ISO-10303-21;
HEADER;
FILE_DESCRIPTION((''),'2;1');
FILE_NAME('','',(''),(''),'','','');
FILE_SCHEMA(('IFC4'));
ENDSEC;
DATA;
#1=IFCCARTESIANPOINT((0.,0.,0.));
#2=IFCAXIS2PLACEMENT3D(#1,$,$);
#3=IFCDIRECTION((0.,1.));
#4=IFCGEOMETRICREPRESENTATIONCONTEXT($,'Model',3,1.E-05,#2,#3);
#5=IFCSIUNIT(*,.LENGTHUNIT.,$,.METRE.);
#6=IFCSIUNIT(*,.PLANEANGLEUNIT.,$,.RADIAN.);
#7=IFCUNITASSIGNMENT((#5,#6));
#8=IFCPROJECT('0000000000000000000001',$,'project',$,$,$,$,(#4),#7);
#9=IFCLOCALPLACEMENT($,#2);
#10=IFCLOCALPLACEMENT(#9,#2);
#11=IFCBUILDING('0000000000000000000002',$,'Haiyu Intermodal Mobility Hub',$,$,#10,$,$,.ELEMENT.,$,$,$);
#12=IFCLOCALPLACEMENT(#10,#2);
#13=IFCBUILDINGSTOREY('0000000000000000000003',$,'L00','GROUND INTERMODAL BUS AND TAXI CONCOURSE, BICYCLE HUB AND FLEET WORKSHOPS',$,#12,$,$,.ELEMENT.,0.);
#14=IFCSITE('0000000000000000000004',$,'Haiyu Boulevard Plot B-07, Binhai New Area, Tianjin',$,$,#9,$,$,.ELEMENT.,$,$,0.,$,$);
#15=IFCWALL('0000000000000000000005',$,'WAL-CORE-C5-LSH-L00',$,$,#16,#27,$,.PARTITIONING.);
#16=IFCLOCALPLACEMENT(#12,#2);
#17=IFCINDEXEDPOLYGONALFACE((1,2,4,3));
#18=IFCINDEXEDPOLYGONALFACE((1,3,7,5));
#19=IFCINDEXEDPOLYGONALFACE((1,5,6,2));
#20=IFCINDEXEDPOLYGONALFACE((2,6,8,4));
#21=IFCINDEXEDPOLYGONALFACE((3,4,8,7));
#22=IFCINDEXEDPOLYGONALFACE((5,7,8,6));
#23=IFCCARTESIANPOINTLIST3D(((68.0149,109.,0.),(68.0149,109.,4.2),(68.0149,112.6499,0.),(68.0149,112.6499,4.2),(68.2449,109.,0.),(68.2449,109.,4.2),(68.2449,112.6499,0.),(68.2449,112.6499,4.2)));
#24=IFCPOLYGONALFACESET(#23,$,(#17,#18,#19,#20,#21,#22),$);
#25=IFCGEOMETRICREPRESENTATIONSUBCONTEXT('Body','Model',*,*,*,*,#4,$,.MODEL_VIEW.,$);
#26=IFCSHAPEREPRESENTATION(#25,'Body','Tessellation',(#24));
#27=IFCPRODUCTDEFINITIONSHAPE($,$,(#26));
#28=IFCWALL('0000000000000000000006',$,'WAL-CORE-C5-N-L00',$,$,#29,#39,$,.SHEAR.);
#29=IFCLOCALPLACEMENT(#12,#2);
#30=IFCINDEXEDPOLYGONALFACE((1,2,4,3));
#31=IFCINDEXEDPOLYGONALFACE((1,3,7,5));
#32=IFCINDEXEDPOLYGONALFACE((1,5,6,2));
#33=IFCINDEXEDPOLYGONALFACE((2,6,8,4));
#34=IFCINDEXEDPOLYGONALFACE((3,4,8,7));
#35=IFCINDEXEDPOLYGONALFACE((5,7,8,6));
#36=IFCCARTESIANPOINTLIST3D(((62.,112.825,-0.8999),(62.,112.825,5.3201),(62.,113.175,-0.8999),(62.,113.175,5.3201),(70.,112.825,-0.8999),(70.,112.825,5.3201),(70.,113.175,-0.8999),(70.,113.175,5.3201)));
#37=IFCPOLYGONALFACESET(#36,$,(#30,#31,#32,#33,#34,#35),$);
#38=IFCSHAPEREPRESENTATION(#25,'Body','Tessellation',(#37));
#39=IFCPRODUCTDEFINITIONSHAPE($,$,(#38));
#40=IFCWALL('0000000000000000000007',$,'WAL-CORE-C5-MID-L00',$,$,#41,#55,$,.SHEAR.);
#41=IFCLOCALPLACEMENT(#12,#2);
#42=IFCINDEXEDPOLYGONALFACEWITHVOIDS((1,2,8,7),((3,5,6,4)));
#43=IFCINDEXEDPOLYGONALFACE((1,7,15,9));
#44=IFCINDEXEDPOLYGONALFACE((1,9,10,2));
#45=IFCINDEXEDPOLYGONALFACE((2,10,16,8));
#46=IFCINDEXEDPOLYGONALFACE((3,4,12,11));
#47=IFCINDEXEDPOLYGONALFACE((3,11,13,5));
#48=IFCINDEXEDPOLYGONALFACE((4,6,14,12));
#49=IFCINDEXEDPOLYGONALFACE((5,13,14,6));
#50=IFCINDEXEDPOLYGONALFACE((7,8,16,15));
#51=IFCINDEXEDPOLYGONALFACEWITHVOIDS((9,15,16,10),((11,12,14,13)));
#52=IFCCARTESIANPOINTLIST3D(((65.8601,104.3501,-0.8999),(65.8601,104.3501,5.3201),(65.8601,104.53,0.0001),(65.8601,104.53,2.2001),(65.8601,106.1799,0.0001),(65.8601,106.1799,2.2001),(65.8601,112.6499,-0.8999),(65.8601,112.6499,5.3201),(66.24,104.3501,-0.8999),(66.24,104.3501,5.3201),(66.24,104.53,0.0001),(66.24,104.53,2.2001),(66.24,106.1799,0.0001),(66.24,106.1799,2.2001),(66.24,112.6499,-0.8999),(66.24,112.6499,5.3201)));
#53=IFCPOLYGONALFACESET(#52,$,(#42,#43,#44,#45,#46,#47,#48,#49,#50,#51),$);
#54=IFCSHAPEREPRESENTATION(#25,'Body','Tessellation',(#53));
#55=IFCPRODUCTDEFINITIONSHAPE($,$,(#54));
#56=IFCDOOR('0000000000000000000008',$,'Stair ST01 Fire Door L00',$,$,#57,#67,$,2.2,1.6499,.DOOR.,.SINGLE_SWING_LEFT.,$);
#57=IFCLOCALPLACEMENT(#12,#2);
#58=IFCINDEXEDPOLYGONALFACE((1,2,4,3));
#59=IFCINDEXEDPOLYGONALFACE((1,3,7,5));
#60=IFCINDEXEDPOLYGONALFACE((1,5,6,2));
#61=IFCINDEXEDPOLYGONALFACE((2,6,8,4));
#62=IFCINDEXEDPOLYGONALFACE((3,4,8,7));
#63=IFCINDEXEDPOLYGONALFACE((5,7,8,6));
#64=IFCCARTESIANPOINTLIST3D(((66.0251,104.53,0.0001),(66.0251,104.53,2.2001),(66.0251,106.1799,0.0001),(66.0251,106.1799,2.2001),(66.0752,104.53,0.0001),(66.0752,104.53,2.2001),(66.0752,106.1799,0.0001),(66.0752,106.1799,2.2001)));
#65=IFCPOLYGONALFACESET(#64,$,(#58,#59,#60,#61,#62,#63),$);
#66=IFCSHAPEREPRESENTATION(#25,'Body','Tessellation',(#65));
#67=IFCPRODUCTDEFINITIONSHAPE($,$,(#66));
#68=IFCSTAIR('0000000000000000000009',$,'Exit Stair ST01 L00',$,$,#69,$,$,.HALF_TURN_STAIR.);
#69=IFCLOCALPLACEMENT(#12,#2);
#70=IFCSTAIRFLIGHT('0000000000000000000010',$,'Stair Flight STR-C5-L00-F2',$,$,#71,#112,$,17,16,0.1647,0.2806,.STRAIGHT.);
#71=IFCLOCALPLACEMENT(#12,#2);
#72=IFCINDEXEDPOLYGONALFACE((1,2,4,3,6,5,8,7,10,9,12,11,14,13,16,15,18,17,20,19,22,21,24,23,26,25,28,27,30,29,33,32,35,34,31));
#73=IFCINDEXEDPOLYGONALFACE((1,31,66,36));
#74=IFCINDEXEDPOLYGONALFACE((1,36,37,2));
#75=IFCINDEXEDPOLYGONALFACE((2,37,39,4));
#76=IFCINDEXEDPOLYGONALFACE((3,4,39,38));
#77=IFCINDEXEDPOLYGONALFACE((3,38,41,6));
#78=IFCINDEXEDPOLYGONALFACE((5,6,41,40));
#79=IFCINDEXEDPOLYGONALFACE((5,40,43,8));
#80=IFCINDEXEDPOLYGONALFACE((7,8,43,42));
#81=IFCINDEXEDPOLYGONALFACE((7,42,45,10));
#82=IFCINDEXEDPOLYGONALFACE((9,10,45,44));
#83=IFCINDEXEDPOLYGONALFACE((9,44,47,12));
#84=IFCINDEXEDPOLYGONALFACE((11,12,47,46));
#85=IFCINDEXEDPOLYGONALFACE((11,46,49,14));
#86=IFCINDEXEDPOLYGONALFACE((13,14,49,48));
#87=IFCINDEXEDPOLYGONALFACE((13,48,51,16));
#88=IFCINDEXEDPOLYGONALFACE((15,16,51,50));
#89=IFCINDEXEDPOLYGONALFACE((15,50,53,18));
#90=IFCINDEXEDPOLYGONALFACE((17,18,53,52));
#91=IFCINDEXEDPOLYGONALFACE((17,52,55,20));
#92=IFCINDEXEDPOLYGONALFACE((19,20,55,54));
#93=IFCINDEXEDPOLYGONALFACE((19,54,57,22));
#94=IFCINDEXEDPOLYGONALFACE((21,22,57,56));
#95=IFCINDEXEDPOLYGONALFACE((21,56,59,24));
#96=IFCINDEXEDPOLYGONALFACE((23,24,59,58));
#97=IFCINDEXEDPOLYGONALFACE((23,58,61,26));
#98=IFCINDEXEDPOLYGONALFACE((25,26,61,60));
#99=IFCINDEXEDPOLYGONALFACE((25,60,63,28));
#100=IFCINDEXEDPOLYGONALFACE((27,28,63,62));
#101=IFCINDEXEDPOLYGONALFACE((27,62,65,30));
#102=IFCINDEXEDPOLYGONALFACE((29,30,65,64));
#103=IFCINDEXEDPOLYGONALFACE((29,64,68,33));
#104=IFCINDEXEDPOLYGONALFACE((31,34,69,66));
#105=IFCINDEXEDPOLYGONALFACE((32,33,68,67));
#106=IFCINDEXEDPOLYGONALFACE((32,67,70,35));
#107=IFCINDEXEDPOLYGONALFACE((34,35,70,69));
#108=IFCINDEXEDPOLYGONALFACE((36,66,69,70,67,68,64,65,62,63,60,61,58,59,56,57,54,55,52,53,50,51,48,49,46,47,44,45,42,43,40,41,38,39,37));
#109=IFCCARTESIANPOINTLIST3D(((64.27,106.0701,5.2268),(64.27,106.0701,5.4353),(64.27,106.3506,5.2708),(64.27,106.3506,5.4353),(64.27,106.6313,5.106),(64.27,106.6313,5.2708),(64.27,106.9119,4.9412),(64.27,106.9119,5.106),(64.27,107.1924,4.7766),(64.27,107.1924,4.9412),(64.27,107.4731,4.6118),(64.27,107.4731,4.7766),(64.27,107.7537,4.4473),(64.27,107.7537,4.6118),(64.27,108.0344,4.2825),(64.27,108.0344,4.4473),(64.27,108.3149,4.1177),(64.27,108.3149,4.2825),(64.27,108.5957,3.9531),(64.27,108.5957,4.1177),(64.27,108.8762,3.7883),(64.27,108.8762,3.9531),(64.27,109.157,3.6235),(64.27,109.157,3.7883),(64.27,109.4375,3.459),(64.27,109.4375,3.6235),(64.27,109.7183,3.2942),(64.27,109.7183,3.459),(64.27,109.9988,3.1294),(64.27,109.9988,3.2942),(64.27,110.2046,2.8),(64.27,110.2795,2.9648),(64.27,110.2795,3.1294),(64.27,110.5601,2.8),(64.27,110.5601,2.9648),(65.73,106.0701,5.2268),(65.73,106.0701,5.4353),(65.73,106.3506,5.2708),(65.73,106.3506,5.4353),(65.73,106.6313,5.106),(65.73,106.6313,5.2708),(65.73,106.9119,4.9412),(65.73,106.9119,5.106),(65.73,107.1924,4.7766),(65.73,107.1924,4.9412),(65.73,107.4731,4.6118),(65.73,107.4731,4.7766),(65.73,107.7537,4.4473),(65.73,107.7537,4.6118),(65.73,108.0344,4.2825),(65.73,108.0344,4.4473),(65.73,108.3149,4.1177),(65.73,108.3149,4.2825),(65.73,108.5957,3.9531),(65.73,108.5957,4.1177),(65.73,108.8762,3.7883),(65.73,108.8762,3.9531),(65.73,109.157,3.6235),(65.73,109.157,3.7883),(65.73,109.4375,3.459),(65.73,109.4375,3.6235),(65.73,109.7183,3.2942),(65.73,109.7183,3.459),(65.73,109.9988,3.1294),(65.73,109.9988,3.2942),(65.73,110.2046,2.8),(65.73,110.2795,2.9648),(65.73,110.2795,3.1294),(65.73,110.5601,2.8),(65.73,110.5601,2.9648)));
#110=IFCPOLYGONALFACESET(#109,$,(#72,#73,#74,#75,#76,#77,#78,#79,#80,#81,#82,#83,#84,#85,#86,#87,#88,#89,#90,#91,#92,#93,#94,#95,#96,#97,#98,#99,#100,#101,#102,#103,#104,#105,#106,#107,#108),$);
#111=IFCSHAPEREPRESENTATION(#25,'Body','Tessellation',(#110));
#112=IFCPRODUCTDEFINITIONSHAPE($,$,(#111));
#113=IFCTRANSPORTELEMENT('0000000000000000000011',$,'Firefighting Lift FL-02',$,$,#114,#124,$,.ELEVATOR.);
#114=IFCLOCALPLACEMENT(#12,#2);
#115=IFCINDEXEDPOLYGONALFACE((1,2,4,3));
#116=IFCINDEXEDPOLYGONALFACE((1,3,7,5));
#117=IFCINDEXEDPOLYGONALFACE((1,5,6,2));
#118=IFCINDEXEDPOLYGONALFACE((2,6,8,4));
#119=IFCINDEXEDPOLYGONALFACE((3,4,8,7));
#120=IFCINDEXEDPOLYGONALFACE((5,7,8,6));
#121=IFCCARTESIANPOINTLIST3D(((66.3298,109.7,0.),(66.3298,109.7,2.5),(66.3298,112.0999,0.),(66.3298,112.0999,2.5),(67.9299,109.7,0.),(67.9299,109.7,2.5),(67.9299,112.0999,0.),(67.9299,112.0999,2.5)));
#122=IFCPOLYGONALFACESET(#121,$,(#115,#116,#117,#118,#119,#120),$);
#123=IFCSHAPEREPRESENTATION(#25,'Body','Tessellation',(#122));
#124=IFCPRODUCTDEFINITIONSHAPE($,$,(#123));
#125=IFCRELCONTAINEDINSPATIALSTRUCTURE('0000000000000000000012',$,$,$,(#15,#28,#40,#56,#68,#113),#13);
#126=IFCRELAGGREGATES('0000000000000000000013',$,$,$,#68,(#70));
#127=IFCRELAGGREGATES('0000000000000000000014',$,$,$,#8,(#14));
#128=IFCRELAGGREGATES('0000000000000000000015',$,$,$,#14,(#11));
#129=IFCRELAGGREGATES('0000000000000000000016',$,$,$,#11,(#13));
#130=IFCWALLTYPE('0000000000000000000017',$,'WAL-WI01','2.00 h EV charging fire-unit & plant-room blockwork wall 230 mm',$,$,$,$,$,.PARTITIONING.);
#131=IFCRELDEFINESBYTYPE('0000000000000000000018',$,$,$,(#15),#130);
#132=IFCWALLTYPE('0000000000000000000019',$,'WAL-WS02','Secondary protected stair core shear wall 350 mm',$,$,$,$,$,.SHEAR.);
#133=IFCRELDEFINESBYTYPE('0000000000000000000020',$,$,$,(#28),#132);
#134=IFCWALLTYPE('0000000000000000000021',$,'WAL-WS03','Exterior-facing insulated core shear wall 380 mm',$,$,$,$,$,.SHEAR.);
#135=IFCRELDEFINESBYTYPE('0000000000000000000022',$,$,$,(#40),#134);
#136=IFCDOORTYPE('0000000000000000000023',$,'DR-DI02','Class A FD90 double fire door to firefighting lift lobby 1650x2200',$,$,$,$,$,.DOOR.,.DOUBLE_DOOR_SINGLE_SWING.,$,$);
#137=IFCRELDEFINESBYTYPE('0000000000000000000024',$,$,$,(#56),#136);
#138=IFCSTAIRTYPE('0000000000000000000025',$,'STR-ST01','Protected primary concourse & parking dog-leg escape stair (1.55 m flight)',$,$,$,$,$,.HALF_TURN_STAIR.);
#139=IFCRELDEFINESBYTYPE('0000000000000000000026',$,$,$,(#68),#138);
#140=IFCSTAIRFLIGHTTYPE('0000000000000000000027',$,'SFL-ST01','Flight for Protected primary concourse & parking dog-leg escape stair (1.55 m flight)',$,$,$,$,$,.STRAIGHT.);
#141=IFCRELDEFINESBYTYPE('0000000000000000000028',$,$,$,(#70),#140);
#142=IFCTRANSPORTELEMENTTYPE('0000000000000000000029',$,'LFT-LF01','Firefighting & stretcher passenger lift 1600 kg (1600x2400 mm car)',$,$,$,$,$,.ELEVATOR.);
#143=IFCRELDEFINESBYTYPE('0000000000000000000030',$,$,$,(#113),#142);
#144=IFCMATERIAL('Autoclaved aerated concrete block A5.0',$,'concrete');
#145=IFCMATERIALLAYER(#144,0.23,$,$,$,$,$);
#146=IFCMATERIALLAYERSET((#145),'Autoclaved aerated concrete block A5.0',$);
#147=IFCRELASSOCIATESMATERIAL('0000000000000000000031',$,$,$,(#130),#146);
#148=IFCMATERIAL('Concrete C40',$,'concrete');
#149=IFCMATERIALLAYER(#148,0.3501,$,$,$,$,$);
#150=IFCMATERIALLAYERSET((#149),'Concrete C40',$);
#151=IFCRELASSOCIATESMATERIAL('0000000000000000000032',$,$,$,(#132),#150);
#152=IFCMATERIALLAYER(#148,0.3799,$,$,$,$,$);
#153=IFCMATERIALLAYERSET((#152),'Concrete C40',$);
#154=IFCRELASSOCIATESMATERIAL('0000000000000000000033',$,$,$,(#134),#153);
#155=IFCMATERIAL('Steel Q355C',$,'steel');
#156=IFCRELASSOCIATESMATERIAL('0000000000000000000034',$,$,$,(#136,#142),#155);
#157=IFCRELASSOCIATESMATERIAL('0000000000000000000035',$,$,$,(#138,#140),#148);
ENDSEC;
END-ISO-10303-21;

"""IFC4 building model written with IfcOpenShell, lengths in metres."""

from ifc_helpers import new_model, si_unit, direction, frame, frame_2d, origin, origin_2d, place, context, subcontext, project, spatial, polyline, rectangle, outline, extrude, material, layer, layer_set, type_object, element, fill, aggregate, save


model = new_model("IFC4")

# Units and contexts
model_context = context("Model", 3, precision=1e-05, world=origin(), true_north=direction((0.0, 1.0)))
body_context = subcontext(model_context, "Body", "Model", "MODEL_VIEW")
ifc_project = project(units=[si_unit("LENGTHUNIT", "METRE"), si_unit("PLANEANGLEUNIT", "RADIAN")], contexts=[model_context])

# Site, building, storey
site_placement = place(None, origin())
site = spatial("IfcSite", under=ifc_project, at=site_placement, Name="Haiyu Boulevard Plot B-07, Binhai New Area, Tianjin", CompositionType="ELEMENT", RefElevation=0.0)
building_placement = place(site_placement, origin())
building = spatial("IfcBuilding", under=site, at=building_placement, Name="Haiyu Intermodal Mobility Hub", CompositionType="ELEMENT")
storey_placement = place(building_placement, origin())
storey = spatial("IfcBuildingStorey", under=building, at=storey_placement, Name="L00", Description="GROUND INTERMODAL BUS AND TAXI CONCOURSE, BICYCLE HUB AND FLEET WORKSHOPS", CompositionType="ELEMENT", Elevation=0.0)

# Shared definitions
ifc_material_1 = material(Name="Concrete C40", Category="concrete")

# Wall
ifc_material_2 = material(Name="Autoclaved aerated concrete block A5.0", Category="concrete")
ifc_layer_1 = layer(ifc_material_2, 0.23)
ifc_layer_set_1 = layer_set([ifc_layer_1], Name="Autoclaved aerated concrete block A5.0")
wall_type_1 = type_object("IfcWallType", Name="WAL-WI01", Description="2.00 h EV charging fire-unit & plant-room blockwork wall 230 mm", PredefinedType="PARTITIONING", material=ifc_layer_set_1)
wall_1_placement = place(storey_placement, frame((68.1299, 109.0, 0.0), z_axis=(0.0, 0.0, 1.0), x_axis=(0.0, 1.0, 0.0)))
element("IfcWall", 1, at=wall_1_placement, inside=storey, type_object=wall_type_1, Name="WAL-CORE-C5-LSH-L00", PredefinedType="PARTITIONING", context=body_context, shape_type="SweptSolid", body=[
    extrude(rectangle(XDim=3.6499, YDim=0.23, at=frame_2d((1.825, 0.0))), origin(), (0.0, 0.0, 1.0), 4.2),
])

# Shared definitions
ifc_material_3 = material(Name="Steel Q355C", Category="steel")

# Wall
ifc_layer_2 = layer(ifc_material_1, 0.3501)
ifc_layer_set_2 = layer_set([ifc_layer_2], Name="Concrete C40")
wall_type_2 = type_object("IfcWallType", Name="WAL-WS02", Description="Secondary protected stair core shear wall 350 mm", PredefinedType="SHEAR", material=ifc_layer_set_2)
wall_2_placement = place(storey_placement, frame((70.0, 113.0, -0.8999), z_axis=(0.0, 0.0, 1.0), x_axis=(-1.0, 0.0, 0.0)))
element("IfcWall", 2, at=wall_2_placement, inside=storey, type_object=wall_type_2, Name="WAL-CORE-C5-N-L00", PredefinedType="SHEAR", context=body_context, shape_type="SweptSolid", body=[
    extrude(rectangle(XDim=8.0, YDim=0.3501, at=frame_2d((4.0, 0.0))), origin(), (0.0, 0.0, 1.0), 6.22),
])

# Wall, opening, door
ifc_layer_3 = layer(ifc_material_1, 0.3799)
ifc_layer_set_3 = layer_set([ifc_layer_3], Name="Concrete C40")
wall_type_3 = type_object("IfcWallType", Name="WAL-WS03", Description="Exterior-facing insulated core shear wall 380 mm", PredefinedType="SHEAR", material=ifc_layer_set_3)
wall_3_placement = place(storey_placement, frame((66.05, 104.3501, -0.8999), z_axis=(0.0, 0.0, 1.0), x_axis=(0.0, 1.0, 0.0)))
wall_3 = element("IfcWall", 3, at=wall_3_placement, inside=storey, type_object=wall_type_3, Name="WAL-CORE-C5-MID-L00", PredefinedType="SHEAR", context=body_context, shape_type="SweptSolid", body=[
    extrude(rectangle(XDim=8.2998, YDim=0.3799, at=frame_2d((4.1499, 0.0))), origin(), (0.0, 0.0, 1.0), 6.22),
])
opening_1_placement = place(wall_3_placement, frame((0.1799, 0.0, 0.8999)))
opening_1 = element("IfcOpeningElement", 4, at=opening_1_placement, cuts=wall_3, PredefinedType="OPENING", context=body_context, shape_type="SweptSolid", body=[
    extrude(rectangle(XDim=1.6499, YDim=2.2, at=frame_2d((0.825, 1.1001))), frame((0.0, 0.2, 0.0), z_axis=(0.0, -1.0, 0.0), x_axis=(1.0, 0.0, 0.0)), (0.0, 0.0, 1.0), 0.3999),
])
door_type_1 = type_object("IfcDoorType", Name="DR-DI02", Description="Class A FD90 double fire door to firefighting lift lobby 1650x2200", OperationType="DOUBLE_DOOR_SINGLE_SWING", PredefinedType="DOOR", material=ifc_material_3)
door_1_placement = place(opening_1_placement, origin())
door_1 = element("IfcDoor", 5, at=door_1_placement, inside=storey, type_object=door_type_1, Name="Stair ST01 Fire Door L00", OperationType="SINGLE_SWING_LEFT", OverallHeight=2.2, OverallWidth=1.6499, PredefinedType="DOOR", context=body_context, shape_type="SweptSolid", body=[
    extrude(rectangle(XDim=1.6499, YDim=2.2, at=frame_2d((0.825, 1.1001))), frame((0.0, 0.0249, 0.0), z_axis=(0.0, -1.0, 0.0), x_axis=(1.0, 0.0, 0.0)), (0.0, 0.0, 1.0), 0.05),
])
fill(opening_1, door_1)

# Stair, stair flight
stair_type = type_object("IfcStairType", Name="STR-ST01", Description="Protected primary concourse & parking dog-leg escape stair (1.55 m flight)", PredefinedType="HALF_TURN_STAIR", material=ifc_material_1)
stair_placement = place(storey_placement, origin())
stair = element("IfcStair", 6, at=stair_placement, inside=storey, type_object=stair_type, Name="Exit Stair ST01 L00", PredefinedType="HALF_TURN_STAIR")
stair_flight_type = type_object("IfcStairFlightType", Name="SFL-ST01", Description="Flight for Protected primary concourse & parking dog-leg escape stair (1.55 m flight)", PredefinedType="STRAIGHT", material=ifc_material_1)
stair_flight_placement = place(storey_placement, frame((65.0, 110.5601, 2.8), z_axis=(0.0, 0.0, 1.0), x_axis=(0.0, -1.0, 0.0)))
stair_flight = element("IfcStairFlight", 7, at=stair_flight_placement, type_object=stair_flight_type, Name="Stair Flight STR-C5-L00-F2", NumberOfRisers=17, NumberOfTreads=16, PredefinedType="STRAIGHT", RiserHeight=0.1647, TreadLength=0.2806, context=body_context, shape_type="SweptSolid", body=[
    extrude(outline(polyline([(0.0, 0.0), (0.0, 0.1648), (0.2805, 0.1648), (0.2805, 0.3293), (0.5613, 0.3293), (0.5613, 0.4941), (0.8418, 0.4941), (0.8418, 0.6589), (1.1226, 0.6589), (1.1226, 0.8235), (1.4031, 0.8235), (1.4031, 0.9883), (1.6838, 0.9883), (1.6838, 1.1531), (1.9644, 1.1531), (1.9644, 1.3176), (2.2451, 1.3176), (2.2451, 1.4824), (2.5256, 1.4824), (2.5256, 1.6472), (2.8064, 1.6472), (2.8064, 1.8118), (3.0869, 1.8118), (3.0869, 1.9766), (3.3677, 1.9766), (3.3677, 2.1411), (3.6482, 2.1411), (3.6482, 2.3059), (3.9287, 2.3059), (3.9287, 2.4707), (4.2095, 2.4707), (4.2095, 2.6353), (4.49, 2.6353), (4.49, 2.8), (4.49, 2.4268), (0.3555, 0.0), (0.0, 0.0)])), frame((0.0, 0.73, 0.0), z_axis=(0.0, -1.0, 0.0), x_axis=(1.0, 0.0, 0.0)), (0.0, 0.0, 1.0), 1.46),
])
aggregate(stair, [stair_flight])

# Transport element
transport_element_type = type_object("IfcTransportElementType", Name="LFT-LF01", Description="Firefighting & stretcher passenger lift 1600 kg (1600x2400 mm car)", PredefinedType="ELEVATOR", material=ifc_material_3)
transport_element_placement = place(storey_placement, frame((67.1299, 110.8999, 0.0), z_axis=(0.0, 0.0, 1.0), x_axis=(1.0, 0.0, 0.0)))
element("IfcTransportElement", 8, at=transport_element_placement, inside=storey, type_object=transport_element_type, Name="Firefighting Lift FL-02", PredefinedType="ELEVATOR", context=body_context, shape_type="SweptSolid", body=[
    extrude(rectangle(XDim=1.6001, YDim=2.3999, at=origin_2d()), origin(), (0.0, 0.0, 1.0), 2.5),
])

save(model, "model.ifc")
